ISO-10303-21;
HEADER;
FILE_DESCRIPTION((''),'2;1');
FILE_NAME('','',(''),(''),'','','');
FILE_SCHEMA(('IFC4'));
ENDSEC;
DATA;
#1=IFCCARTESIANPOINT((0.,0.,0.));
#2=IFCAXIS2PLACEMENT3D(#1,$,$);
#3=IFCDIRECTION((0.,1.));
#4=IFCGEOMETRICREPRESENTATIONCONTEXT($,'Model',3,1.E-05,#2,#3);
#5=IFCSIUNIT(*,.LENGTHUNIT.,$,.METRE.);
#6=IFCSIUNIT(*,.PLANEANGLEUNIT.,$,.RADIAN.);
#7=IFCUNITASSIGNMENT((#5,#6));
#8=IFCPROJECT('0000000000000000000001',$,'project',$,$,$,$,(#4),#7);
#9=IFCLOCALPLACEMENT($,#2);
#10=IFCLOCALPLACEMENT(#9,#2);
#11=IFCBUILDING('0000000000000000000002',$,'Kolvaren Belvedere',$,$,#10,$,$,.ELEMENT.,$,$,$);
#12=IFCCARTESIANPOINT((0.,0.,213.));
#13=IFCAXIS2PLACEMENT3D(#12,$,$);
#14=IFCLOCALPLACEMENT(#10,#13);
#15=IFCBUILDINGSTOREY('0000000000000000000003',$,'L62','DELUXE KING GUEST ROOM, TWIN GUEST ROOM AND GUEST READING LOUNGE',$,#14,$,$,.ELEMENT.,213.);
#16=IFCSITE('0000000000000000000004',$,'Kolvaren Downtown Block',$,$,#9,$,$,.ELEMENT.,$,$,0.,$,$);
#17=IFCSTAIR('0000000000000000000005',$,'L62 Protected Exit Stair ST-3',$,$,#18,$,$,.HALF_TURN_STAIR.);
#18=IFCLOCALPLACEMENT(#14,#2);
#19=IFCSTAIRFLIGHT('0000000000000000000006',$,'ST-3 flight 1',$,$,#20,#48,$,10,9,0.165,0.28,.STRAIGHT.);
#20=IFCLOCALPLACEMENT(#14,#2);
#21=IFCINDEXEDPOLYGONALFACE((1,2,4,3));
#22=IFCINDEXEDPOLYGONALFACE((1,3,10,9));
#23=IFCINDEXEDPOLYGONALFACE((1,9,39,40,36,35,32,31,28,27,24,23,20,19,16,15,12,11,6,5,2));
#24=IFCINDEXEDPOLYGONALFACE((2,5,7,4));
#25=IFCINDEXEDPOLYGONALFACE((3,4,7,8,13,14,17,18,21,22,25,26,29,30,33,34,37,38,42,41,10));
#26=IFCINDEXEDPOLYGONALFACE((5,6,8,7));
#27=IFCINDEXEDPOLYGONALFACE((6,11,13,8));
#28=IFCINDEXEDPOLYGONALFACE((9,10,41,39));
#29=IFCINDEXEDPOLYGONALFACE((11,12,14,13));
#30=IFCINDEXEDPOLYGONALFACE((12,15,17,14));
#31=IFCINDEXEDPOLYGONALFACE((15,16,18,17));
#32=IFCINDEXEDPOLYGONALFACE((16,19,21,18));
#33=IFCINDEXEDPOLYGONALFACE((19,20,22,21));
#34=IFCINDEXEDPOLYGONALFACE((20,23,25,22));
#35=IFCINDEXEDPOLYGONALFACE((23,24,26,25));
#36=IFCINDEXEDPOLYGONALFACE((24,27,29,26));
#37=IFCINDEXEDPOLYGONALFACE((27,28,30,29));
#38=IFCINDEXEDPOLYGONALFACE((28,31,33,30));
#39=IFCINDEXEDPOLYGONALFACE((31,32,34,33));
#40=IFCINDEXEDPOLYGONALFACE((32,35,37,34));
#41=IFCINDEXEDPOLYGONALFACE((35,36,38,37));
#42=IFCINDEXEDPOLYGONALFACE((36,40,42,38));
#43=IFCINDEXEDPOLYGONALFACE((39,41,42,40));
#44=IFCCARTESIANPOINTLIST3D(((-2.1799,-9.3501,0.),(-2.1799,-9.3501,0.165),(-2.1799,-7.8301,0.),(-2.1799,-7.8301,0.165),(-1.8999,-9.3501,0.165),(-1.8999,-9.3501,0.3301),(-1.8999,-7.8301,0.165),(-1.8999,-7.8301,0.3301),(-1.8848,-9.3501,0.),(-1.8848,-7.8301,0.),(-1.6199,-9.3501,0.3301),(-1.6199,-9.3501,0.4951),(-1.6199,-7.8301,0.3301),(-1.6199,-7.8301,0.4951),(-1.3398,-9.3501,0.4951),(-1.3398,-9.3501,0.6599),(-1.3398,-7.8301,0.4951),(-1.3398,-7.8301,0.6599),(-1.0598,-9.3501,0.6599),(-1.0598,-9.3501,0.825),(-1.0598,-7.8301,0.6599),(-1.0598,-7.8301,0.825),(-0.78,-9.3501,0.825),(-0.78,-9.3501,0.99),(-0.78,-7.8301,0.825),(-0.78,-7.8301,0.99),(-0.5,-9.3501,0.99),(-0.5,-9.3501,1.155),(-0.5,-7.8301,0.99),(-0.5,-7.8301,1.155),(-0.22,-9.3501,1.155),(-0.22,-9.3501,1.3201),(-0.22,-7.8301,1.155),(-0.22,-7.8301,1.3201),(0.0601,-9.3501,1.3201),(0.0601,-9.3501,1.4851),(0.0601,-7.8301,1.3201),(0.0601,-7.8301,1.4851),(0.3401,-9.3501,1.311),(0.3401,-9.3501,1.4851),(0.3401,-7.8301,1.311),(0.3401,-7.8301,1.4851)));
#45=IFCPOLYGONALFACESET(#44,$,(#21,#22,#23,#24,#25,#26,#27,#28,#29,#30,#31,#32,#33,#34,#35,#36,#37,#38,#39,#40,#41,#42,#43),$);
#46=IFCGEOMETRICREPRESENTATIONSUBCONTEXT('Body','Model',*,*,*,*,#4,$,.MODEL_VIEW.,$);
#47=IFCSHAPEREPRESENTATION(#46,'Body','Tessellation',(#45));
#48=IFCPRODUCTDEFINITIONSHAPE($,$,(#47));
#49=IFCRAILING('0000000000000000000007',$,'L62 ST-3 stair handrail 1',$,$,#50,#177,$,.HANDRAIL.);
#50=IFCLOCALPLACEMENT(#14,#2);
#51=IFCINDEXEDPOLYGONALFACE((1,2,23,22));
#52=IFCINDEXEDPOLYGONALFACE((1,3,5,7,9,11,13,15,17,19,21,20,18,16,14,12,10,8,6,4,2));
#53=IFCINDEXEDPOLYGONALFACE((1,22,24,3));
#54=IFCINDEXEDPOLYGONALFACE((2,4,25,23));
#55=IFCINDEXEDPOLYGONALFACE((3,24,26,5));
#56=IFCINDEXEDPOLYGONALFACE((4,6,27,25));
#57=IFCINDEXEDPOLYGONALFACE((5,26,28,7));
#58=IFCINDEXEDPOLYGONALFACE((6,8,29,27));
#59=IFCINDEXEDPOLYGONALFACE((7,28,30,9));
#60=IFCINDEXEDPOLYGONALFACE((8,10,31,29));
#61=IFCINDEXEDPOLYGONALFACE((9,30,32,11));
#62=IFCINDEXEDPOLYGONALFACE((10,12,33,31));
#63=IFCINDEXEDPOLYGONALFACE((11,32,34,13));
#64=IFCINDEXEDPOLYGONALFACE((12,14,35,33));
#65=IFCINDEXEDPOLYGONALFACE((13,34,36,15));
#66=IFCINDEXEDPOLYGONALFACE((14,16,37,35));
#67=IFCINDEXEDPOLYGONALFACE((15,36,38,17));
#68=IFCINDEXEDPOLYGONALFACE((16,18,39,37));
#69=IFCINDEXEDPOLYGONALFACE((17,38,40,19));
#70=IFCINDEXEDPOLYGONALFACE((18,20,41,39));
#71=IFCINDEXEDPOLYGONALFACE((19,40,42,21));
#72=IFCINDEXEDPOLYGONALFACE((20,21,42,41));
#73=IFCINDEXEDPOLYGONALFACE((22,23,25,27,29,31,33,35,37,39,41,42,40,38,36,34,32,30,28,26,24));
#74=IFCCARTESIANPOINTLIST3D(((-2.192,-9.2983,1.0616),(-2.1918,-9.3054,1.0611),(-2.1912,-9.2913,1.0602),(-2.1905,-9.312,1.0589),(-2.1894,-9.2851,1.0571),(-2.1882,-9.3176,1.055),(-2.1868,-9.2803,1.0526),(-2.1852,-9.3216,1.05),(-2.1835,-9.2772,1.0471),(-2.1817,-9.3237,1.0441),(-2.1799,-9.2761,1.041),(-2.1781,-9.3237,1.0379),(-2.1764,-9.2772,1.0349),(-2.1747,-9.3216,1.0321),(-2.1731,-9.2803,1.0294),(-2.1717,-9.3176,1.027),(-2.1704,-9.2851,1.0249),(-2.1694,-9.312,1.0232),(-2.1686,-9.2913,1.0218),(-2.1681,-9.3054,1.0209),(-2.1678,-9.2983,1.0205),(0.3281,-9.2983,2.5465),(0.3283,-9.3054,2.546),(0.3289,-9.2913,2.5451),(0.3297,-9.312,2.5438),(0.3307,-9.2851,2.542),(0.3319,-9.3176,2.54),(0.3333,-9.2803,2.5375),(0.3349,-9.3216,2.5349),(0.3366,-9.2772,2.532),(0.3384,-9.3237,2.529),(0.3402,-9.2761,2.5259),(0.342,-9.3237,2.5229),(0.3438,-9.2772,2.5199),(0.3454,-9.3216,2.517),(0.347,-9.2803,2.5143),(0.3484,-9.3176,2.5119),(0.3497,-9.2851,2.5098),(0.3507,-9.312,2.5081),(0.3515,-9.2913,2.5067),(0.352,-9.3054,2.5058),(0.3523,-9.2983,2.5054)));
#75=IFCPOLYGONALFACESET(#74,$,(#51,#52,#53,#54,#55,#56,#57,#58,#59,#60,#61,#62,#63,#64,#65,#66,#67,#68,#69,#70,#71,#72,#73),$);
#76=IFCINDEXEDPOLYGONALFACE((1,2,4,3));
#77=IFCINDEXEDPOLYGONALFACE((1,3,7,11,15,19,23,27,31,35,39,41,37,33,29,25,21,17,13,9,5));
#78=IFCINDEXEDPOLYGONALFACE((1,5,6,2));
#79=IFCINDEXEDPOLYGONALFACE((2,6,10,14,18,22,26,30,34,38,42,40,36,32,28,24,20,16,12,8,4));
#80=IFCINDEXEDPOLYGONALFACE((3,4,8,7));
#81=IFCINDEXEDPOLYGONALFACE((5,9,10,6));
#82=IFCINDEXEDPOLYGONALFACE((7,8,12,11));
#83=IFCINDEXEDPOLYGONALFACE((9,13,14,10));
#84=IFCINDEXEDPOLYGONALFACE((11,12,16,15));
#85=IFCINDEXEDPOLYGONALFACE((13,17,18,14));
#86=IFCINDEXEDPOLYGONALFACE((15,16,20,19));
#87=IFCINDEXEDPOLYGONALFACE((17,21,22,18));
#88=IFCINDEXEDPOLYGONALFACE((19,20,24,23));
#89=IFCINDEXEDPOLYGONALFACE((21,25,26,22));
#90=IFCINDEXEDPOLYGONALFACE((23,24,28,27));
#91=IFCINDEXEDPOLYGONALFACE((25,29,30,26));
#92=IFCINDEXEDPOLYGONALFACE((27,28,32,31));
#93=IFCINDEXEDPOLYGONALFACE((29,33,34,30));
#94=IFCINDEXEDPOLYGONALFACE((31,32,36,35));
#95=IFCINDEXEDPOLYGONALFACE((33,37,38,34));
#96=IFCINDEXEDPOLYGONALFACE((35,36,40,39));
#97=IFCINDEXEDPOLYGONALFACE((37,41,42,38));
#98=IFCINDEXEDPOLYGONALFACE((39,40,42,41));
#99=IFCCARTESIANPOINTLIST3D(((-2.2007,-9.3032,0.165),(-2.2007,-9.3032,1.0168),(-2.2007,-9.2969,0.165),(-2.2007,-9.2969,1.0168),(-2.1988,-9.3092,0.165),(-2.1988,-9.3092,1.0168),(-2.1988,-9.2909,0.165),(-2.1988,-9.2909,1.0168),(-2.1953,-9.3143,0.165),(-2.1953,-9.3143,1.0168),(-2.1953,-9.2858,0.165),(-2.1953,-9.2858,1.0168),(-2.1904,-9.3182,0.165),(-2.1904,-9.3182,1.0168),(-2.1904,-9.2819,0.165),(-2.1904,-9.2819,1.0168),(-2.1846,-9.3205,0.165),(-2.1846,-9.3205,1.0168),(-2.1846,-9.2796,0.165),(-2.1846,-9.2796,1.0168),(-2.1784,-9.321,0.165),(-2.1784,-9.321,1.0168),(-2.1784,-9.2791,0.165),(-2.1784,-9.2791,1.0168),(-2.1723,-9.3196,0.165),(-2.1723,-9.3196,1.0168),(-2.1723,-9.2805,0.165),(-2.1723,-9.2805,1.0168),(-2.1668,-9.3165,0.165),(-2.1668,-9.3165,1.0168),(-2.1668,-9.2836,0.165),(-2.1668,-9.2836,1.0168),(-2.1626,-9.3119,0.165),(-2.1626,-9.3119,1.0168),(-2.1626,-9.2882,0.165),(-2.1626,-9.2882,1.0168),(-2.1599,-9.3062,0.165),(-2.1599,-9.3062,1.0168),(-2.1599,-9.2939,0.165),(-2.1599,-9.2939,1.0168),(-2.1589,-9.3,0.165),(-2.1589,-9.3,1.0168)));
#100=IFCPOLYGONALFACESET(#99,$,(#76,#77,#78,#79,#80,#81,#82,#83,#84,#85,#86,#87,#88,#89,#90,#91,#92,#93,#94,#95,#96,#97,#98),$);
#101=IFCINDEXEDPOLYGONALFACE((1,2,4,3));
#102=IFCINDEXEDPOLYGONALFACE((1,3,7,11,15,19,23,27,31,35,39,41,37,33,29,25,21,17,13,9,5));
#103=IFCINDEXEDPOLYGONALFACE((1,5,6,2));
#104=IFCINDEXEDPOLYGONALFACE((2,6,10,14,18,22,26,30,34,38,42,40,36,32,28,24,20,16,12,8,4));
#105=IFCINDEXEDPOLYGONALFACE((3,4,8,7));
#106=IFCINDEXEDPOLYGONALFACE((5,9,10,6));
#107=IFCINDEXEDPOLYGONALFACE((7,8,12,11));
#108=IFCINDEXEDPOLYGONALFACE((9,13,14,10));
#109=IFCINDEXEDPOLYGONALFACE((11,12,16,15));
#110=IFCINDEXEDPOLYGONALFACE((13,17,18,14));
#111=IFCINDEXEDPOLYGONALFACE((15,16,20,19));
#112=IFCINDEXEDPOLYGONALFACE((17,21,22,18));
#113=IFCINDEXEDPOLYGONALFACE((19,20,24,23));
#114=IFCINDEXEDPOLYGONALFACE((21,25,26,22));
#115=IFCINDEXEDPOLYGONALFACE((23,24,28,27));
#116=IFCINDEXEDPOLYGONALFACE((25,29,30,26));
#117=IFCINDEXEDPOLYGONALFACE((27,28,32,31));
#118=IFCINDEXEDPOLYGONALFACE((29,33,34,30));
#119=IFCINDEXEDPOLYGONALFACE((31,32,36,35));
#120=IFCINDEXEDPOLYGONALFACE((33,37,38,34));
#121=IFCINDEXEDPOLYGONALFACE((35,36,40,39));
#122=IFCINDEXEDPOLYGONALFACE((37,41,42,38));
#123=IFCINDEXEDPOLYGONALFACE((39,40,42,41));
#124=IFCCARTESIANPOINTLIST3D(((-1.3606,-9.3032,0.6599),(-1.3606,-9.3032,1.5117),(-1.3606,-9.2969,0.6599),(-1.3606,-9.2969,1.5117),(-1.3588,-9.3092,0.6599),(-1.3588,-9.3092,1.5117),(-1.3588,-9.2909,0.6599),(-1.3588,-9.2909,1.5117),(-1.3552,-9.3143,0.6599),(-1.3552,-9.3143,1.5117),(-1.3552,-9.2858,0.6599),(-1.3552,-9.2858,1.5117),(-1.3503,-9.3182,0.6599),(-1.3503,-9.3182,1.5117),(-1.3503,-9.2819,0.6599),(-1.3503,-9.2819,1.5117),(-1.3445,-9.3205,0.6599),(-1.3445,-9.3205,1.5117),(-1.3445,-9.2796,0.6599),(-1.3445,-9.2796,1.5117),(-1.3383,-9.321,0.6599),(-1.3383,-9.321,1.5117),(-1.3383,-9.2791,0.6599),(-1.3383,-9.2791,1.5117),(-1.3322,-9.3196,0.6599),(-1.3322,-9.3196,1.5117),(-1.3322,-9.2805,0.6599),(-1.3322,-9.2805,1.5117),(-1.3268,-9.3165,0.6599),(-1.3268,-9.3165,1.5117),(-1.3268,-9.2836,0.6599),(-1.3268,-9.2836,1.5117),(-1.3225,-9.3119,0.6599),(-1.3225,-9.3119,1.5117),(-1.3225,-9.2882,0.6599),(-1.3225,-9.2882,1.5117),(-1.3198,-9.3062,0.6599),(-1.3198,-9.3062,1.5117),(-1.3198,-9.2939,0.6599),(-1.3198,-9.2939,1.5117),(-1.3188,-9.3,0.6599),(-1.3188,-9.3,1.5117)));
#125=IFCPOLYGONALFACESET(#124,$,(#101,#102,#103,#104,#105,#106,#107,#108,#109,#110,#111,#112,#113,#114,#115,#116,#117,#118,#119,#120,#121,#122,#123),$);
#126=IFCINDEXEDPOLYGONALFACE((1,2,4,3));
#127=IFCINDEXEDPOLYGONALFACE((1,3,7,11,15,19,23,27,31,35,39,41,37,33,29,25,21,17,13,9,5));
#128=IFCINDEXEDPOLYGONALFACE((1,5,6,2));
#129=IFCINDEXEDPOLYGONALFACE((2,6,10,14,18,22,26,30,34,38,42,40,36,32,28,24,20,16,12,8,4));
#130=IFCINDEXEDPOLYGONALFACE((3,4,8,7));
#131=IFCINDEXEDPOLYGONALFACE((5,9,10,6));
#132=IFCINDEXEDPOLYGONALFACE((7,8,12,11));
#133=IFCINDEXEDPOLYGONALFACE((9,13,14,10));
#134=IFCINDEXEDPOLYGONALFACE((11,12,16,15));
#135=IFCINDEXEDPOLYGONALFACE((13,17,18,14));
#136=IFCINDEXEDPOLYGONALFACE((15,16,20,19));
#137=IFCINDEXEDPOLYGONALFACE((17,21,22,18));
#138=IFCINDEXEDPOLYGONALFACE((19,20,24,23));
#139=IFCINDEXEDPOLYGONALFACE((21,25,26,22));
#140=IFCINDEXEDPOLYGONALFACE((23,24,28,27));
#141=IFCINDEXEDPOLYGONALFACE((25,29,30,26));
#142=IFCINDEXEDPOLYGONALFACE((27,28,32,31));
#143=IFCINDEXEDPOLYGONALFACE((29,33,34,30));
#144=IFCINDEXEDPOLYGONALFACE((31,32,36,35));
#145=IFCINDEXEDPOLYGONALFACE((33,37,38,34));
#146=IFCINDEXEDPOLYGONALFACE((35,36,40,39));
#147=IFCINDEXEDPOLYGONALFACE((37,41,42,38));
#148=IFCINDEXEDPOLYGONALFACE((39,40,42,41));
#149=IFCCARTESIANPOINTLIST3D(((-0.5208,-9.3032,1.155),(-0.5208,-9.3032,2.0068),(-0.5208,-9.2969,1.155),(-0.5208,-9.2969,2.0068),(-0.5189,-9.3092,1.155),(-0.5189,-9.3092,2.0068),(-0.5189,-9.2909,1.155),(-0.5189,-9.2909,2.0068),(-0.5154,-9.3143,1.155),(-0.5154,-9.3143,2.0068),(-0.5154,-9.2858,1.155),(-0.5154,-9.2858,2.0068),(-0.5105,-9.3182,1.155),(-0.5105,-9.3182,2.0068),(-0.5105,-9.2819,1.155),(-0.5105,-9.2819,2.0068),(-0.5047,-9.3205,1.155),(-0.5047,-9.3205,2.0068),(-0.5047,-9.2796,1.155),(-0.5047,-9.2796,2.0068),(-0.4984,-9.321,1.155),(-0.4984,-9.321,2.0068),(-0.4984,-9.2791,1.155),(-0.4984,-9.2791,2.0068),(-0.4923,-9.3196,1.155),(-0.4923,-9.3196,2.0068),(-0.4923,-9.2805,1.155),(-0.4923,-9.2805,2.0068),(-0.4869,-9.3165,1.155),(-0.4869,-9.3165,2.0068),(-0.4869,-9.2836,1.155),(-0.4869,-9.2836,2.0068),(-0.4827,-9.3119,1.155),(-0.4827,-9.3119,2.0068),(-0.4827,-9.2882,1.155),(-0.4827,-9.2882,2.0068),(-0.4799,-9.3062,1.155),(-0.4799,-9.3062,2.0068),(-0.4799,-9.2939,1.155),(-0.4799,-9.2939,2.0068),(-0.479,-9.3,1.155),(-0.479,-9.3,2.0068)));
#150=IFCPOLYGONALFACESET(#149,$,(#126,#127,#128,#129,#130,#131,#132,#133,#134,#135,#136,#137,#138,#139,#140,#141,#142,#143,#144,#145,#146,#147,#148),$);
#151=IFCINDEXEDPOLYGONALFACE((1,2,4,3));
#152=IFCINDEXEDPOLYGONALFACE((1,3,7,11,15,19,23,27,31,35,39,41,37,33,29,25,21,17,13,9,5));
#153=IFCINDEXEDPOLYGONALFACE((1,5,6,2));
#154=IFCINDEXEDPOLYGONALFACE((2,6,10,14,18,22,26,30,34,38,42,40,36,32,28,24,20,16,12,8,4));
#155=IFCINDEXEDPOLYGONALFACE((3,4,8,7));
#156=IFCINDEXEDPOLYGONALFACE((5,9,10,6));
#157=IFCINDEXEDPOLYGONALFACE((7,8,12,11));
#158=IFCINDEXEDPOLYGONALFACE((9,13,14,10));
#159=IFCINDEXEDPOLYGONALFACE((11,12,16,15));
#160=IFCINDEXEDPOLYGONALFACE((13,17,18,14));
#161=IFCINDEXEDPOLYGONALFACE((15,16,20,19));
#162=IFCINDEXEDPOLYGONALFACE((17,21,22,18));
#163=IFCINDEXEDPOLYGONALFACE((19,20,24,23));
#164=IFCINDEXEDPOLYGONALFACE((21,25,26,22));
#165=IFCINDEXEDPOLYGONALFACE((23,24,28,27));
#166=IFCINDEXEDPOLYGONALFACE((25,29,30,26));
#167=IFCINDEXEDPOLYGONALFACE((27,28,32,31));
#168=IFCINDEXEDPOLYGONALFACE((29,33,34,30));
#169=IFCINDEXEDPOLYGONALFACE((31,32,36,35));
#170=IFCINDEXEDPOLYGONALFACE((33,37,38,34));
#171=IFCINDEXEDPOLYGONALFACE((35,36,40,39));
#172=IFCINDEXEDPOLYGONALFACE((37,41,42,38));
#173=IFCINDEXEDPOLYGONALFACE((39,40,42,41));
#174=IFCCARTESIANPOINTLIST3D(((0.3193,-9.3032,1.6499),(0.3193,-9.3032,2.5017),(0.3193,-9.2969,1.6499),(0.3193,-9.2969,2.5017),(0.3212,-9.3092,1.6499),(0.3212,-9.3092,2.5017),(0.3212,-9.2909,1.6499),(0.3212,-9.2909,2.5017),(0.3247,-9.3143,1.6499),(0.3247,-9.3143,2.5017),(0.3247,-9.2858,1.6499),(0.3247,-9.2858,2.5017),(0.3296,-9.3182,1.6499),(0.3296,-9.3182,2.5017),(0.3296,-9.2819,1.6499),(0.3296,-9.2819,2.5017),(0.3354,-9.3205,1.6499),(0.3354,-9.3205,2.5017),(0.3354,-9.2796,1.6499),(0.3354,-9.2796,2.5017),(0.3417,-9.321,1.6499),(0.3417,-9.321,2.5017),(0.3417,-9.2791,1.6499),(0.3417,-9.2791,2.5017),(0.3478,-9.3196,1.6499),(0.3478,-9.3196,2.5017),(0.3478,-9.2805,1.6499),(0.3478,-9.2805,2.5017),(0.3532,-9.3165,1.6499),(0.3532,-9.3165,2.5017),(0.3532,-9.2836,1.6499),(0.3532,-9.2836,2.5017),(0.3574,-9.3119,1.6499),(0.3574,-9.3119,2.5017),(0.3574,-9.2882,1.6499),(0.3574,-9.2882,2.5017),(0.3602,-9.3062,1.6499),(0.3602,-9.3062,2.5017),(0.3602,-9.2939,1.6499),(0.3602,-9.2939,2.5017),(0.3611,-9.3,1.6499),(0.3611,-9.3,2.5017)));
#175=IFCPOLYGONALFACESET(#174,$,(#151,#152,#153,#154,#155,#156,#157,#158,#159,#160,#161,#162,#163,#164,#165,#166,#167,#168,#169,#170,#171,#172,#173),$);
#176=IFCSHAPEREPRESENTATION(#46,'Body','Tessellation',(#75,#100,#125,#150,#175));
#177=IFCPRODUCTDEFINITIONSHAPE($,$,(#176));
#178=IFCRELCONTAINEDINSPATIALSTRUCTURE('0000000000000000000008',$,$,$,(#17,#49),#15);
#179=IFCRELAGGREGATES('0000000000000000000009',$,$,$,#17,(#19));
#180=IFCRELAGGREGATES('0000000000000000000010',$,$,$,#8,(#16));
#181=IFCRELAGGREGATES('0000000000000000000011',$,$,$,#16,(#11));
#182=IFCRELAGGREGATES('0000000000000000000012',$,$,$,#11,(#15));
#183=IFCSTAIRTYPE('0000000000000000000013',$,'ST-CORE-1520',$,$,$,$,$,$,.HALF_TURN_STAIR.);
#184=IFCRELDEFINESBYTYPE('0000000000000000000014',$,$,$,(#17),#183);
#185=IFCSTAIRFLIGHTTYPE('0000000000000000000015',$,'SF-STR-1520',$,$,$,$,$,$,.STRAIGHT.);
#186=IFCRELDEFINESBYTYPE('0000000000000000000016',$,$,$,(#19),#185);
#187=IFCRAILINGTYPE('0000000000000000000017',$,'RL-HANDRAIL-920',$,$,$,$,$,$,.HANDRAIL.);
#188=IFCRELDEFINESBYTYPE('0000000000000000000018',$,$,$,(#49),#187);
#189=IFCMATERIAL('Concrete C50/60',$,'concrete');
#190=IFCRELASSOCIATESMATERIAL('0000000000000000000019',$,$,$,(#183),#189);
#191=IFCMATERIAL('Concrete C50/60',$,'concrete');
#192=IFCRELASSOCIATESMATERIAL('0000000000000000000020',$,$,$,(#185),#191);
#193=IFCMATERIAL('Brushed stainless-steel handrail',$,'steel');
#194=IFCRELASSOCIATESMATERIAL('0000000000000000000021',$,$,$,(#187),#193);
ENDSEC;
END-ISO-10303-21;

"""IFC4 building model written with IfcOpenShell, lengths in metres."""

from ifc_helpers import new_model, si_unit, direction, frame, origin, origin_2d, place, context, subcontext, project, spatial, polyline, circle, outline, extrude, material, type_object, element, aggregate, save


model = new_model("IFC4")

# Units and contexts
model_context = context("Model", 3, precision=1e-05, world=origin(), true_north=direction((0.0, 1.0)))
body_context = subcontext(model_context, "Body", "Model", "MODEL_VIEW")
ifc_project = project(units=[si_unit("LENGTHUNIT", "METRE"), si_unit("PLANEANGLEUNIT", "RADIAN")], contexts=[model_context])

# Site, building, storey
site_placement = place(None, origin())
site = spatial("IfcSite", under=ifc_project, at=site_placement, Name="Kolvaren Downtown Block", CompositionType="ELEMENT", RefElevation=0.0)
building_placement = place(site_placement, origin())
building = spatial("IfcBuilding", under=site, at=building_placement, Name="Kolvaren Belvedere", CompositionType="ELEMENT")
storey_placement = place(building_placement, frame((0.0, 0.0, 213.0)))
storey = spatial("IfcBuildingStorey", under=building, at=storey_placement, Name="L62", Description="DELUXE KING GUEST ROOM, TWIN GUEST ROOM AND GUEST READING LOUNGE", CompositionType="ELEMENT", Elevation=213.0)

# Stair, stair flight
ifc_material_1 = material(Name="Concrete C50/60", Category="concrete")
stair_type = type_object("IfcStairType", Name="ST-CORE-1520", PredefinedType="HALF_TURN_STAIR", material=ifc_material_1)
stair_placement = place(storey_placement, origin())
stair = element("IfcStair", 1, at=stair_placement, inside=storey, type_object=stair_type, Name="L62 Protected Exit Stair ST-3", PredefinedType="HALF_TURN_STAIR")
ifc_material_2 = material(Name="Concrete C50/60", Category="concrete")
stair_flight_type = type_object("IfcStairFlightType", Name="SF-STR-1520", PredefinedType="STRAIGHT", material=ifc_material_2)
stair_flight_placement = place(storey_placement, frame((-2.1799, -8.5901, 0.0), z_axis=(0.0, 0.0, 1.0), x_axis=(1.0, 0.0, 0.0)))
stair_flight = element("IfcStairFlight", 2, at=stair_flight_placement, type_object=stair_flight_type, Name="ST-3 flight 1", NumberOfRisers=10, NumberOfTreads=9, PredefinedType="STRAIGHT", RiserHeight=0.165, TreadLength=0.28, context=body_context, shape_type="SweptSolid", body=[
    extrude(outline(polyline([(0.0, 0.0), (0.0, 0.165), (0.28, 0.165), (0.28, 0.3301), (0.5601, 0.3301), (0.5601, 0.4951), (0.8401, 0.4951), (0.8401, 0.6599), (1.1201, 0.6599), (1.1201, 0.825), (1.3999, 0.825), (1.3999, 0.99), (1.6799, 0.99), (1.6799, 1.155), (1.96, 1.155), (1.96, 1.3201), (2.24, 1.3201), (2.24, 1.4851), (2.52, 1.4851), (2.52, 1.6499), (2.52, 1.311), (0.2952, 0.0), (0.0, 0.0)])), frame((0.0, 0.76, 0.0), z_axis=(0.0, -1.0, 0.0), x_axis=(1.0, 0.0, 0.0)), (0.0, 0.0, 1.0), 1.52),
])
aggregate(stair, [stair_flight])

# Railing
ifc_material_3 = material(Name="Brushed stainless-steel handrail", Category="steel")
railing_type_1 = type_object("IfcRailingType", Name="RL-HANDRAIL-920", PredefinedType="HANDRAIL", material=ifc_material_3)
railing_1_placement = place(storey_placement, frame((-2.1799, -9.3, 0.165)))
element("IfcRailing", 3, at=railing_1_placement, inside=storey, type_object=railing_type_1, Name="L62 ST-3 stair handrail 1", PredefinedType="HANDRAIL", context=body_context, shape_type="SweptSolid", body=[
    extrude(circle(Radius=0.0239, at=origin_2d()), frame((0.0, 0.0, 0.876), z_axis=(0.861561, 0.0, 0.507655), x_axis=(0.0, 1.0, 0.0)), (0.0, 0.0, 1.0), 2.925),
    extrude(circle(Radius=0.021, at=origin_2d()), origin(), (0.0, 0.0, 1.0), 0.8518),
    extrude(circle(Radius=0.021, at=origin_2d()), frame((0.8401, 0.0, 0.4949)), (0.0, 0.0, 1.0), 0.8518),
    extrude(circle(Radius=0.021, at=origin_2d()), frame((1.6799, 0.0, 0.99)), (0.0, 0.0, 1.0), 0.8518),
    extrude(circle(Radius=0.021, at=origin_2d()), frame((2.52, 0.0, 1.4849)), (0.0, 0.0, 1.0), 0.8518),
])

save(model, "model.ifc")
